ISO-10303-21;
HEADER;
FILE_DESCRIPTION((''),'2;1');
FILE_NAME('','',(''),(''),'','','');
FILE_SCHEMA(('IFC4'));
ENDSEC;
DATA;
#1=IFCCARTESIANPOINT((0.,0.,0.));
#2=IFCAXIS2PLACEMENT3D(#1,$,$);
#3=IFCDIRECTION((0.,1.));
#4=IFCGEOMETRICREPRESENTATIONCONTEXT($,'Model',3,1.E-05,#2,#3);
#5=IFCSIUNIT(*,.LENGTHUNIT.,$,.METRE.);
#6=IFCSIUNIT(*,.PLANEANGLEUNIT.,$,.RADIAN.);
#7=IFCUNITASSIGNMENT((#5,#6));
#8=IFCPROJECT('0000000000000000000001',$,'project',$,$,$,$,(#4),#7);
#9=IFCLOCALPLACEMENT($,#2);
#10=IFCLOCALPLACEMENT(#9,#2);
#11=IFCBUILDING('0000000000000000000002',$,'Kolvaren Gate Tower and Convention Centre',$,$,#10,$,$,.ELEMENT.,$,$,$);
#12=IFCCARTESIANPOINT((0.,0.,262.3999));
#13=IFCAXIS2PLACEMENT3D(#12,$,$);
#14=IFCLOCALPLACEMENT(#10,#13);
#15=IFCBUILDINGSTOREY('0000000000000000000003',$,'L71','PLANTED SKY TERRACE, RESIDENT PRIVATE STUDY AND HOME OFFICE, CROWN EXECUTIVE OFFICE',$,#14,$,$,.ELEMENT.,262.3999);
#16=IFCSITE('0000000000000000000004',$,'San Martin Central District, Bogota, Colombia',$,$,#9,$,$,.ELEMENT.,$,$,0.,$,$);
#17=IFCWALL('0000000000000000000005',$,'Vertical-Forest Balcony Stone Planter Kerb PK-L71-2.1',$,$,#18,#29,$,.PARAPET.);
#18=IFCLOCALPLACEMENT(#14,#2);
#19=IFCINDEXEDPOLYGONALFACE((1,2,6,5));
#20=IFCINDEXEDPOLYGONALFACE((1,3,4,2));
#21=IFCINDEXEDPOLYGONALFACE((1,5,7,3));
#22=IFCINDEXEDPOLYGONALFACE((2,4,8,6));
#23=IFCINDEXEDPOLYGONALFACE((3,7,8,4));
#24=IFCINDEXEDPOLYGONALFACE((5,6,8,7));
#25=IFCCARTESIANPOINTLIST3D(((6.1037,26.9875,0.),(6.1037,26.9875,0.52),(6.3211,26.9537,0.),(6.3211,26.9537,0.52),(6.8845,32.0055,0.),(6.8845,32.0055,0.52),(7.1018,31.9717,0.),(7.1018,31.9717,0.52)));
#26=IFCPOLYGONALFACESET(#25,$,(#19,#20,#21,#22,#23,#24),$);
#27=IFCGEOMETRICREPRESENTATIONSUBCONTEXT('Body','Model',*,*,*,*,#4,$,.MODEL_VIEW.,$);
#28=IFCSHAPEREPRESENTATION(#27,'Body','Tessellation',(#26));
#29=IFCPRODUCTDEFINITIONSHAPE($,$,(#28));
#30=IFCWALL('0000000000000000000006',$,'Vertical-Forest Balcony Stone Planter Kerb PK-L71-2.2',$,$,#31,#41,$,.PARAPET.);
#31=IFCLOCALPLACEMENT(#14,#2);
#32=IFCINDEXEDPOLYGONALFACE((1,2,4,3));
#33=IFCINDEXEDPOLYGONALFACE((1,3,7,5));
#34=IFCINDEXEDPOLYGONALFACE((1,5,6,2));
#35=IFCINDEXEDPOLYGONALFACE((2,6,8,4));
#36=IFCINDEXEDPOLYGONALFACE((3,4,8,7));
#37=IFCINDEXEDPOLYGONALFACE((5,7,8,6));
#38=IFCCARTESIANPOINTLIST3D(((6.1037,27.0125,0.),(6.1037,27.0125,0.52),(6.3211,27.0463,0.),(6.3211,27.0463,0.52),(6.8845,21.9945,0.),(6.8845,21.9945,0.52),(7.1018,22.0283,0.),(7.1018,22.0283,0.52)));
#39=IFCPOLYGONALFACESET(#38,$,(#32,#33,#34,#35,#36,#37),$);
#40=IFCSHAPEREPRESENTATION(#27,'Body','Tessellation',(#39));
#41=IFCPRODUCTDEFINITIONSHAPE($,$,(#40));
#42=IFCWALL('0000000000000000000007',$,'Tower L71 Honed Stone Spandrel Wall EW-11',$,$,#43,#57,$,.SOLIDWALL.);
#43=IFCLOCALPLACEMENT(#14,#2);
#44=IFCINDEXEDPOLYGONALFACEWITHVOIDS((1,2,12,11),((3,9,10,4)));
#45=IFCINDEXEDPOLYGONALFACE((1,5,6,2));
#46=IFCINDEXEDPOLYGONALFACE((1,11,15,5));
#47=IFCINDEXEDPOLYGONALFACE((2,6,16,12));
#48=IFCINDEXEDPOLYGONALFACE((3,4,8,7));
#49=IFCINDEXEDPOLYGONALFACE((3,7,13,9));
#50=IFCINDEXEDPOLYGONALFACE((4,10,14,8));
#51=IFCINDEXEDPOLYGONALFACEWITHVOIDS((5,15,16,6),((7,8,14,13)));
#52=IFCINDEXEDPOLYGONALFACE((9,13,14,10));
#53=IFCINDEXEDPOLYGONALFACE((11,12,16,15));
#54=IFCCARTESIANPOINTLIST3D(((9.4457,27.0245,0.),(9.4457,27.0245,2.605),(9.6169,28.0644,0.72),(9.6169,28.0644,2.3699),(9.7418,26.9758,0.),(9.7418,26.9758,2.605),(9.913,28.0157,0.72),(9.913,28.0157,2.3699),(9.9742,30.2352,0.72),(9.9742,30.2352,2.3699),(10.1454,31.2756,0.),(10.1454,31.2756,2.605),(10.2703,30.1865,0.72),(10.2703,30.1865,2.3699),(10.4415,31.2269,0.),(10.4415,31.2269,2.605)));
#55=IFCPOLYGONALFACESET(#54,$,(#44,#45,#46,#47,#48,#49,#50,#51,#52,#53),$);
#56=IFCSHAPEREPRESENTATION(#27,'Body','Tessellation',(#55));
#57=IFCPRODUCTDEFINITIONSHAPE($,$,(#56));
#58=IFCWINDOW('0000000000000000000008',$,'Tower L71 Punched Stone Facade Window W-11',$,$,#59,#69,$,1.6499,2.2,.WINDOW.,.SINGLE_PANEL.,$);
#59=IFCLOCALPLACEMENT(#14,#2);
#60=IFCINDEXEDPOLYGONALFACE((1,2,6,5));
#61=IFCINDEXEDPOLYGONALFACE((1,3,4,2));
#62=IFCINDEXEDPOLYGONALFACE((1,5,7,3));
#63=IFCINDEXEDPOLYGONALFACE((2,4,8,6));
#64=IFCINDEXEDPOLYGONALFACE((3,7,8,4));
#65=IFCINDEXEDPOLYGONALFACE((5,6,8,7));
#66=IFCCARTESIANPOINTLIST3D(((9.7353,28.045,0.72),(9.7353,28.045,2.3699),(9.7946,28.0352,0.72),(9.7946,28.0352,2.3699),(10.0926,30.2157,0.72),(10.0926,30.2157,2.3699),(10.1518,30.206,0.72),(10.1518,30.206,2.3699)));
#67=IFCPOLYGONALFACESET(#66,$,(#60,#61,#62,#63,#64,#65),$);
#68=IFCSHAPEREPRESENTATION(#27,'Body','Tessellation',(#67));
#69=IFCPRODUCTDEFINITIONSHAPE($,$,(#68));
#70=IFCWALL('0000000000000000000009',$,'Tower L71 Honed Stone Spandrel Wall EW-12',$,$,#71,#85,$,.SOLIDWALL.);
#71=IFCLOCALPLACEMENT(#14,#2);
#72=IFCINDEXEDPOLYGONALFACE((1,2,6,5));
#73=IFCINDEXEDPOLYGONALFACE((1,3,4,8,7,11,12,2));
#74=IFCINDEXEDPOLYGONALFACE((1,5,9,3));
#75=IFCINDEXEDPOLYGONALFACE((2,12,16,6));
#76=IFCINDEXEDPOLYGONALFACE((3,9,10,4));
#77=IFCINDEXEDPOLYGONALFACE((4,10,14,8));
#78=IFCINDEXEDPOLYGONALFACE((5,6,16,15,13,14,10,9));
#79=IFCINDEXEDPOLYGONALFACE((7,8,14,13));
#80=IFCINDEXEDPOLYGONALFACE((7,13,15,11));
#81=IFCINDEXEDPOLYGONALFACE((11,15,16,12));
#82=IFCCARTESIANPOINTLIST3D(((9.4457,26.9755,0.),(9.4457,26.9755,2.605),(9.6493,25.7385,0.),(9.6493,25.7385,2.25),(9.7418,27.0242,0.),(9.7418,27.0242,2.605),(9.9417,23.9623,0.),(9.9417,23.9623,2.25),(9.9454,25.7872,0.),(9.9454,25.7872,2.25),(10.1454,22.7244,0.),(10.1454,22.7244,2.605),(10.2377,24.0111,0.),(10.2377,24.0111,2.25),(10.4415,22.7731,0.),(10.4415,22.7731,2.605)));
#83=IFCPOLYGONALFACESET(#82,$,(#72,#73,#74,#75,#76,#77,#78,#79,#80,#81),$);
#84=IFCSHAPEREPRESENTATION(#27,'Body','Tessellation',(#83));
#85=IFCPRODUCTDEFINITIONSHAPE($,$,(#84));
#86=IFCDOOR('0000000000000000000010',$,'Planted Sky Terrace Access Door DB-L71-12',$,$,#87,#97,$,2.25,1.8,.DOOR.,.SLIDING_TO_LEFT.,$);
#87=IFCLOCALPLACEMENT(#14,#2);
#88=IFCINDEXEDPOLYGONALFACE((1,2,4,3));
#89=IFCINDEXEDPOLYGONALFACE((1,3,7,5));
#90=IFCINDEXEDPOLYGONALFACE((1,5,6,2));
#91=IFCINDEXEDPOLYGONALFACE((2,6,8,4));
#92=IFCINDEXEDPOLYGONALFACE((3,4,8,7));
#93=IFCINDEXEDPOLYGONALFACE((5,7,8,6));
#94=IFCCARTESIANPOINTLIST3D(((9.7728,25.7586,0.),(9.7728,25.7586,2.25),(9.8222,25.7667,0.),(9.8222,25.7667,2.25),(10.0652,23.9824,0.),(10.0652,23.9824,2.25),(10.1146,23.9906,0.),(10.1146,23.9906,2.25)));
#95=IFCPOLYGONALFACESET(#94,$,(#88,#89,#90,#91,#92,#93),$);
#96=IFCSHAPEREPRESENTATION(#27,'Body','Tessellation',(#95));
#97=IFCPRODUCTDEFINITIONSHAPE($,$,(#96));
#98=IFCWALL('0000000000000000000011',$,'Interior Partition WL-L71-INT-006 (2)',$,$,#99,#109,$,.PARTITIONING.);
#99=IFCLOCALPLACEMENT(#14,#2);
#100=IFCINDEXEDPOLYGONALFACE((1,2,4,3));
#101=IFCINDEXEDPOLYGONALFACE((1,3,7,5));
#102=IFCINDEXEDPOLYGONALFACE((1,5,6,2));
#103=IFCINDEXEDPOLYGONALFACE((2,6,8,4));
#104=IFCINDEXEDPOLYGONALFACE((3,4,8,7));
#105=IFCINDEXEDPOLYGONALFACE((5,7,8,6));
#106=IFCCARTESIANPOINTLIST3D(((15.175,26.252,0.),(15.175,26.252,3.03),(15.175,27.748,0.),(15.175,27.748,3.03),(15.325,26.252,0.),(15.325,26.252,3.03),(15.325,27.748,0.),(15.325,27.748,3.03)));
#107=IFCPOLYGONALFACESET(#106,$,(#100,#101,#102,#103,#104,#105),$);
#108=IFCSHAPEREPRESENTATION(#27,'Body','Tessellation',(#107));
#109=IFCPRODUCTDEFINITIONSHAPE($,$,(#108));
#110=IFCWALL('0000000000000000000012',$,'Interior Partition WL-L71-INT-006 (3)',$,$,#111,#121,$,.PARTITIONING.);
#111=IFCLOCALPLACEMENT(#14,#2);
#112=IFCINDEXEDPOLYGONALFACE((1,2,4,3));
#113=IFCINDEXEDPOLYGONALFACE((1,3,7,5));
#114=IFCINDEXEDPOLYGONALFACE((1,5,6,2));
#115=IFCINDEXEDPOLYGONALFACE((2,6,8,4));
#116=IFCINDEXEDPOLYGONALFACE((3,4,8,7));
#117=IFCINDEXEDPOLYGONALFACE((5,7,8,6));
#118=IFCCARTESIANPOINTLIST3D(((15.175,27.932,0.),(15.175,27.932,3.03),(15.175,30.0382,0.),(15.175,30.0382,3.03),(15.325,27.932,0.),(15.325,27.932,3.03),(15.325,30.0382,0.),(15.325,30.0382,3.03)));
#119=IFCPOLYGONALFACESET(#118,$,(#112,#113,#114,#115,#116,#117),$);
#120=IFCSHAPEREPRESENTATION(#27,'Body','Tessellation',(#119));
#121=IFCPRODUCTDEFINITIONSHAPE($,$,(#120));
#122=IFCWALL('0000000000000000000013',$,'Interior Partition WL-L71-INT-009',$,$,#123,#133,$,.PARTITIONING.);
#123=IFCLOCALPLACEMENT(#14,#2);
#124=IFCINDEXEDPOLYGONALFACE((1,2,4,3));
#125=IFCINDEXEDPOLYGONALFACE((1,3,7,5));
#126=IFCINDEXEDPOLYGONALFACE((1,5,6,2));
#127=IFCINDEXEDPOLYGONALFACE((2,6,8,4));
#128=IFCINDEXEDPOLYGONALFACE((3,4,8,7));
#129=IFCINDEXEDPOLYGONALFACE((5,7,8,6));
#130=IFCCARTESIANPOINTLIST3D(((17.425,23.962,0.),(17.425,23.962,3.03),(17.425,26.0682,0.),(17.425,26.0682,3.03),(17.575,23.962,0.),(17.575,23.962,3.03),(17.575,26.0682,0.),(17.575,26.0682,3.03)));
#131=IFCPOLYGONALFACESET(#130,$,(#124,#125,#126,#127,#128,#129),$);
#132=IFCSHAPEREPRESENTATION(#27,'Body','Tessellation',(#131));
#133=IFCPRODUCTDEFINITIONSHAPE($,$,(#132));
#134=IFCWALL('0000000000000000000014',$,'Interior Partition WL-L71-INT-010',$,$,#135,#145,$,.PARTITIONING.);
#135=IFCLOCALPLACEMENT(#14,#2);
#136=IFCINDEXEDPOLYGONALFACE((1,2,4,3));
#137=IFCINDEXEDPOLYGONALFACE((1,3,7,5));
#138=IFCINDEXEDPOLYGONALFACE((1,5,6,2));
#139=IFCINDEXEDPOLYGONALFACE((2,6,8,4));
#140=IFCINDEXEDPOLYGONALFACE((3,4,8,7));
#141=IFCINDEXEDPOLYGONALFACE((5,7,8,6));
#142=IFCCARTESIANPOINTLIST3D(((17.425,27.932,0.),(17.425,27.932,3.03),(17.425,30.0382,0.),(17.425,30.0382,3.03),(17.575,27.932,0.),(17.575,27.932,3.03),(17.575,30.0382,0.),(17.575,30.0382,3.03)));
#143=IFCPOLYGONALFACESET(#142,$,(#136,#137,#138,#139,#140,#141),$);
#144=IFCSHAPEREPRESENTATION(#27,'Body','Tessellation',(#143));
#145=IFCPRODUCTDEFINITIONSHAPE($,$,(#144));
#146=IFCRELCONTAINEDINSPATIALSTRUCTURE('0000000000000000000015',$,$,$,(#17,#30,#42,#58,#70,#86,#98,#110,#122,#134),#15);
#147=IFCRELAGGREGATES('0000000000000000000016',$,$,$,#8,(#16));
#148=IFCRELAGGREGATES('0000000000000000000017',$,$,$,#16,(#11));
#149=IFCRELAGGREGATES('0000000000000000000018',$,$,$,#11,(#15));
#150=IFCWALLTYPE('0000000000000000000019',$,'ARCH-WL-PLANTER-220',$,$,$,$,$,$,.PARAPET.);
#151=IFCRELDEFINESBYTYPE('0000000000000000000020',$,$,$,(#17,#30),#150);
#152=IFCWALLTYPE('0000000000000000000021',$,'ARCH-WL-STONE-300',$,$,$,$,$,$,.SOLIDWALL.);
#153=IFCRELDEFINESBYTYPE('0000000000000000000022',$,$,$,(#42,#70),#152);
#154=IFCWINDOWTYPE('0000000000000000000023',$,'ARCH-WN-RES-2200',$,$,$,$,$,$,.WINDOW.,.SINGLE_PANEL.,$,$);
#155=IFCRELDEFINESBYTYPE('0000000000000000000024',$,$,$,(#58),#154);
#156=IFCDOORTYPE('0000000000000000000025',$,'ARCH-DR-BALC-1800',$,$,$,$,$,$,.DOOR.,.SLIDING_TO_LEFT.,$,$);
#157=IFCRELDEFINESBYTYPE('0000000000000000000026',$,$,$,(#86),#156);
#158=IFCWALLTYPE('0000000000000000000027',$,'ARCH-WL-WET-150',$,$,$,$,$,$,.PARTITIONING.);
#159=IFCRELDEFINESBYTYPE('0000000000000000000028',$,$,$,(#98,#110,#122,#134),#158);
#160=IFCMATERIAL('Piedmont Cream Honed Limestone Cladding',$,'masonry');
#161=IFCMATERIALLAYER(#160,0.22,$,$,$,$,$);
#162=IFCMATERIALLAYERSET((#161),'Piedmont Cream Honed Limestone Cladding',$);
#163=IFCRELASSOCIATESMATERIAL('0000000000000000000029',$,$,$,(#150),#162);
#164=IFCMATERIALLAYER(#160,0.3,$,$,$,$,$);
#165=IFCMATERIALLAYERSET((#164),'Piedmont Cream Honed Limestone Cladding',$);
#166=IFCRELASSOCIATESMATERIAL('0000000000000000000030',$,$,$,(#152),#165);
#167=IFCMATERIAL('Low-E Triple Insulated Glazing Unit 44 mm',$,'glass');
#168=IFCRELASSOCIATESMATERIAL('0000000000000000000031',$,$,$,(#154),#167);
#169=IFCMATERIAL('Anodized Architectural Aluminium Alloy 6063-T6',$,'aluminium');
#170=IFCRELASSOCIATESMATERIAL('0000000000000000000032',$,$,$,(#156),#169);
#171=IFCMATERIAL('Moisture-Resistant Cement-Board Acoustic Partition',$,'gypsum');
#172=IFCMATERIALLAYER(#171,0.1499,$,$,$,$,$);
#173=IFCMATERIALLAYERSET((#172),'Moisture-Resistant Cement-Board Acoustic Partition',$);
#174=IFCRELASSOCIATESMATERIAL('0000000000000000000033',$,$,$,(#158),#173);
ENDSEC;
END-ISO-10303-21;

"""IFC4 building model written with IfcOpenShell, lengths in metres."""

from ifc_helpers import new_model, si_unit, direction, frame, frame_2d, origin, place, context, subcontext, project, spatial, rectangle, extrude, material, layer, layer_set, type_object, element, fill, save


model = new_model("IFC4")

# Units and contexts
model_context = context("Model", 3, precision=1e-05, world=origin(), true_north=direction((0.0, 1.0)))
body_context = subcontext(model_context, "Body", "Model", "MODEL_VIEW")
ifc_project = project(units=[si_unit("LENGTHUNIT", "METRE"), si_unit("PLANEANGLEUNIT", "RADIAN")], contexts=[model_context])

# Site, building, storey
site_placement = place(None, origin())
site = spatial("IfcSite", under=ifc_project, at=site_placement, Name="San Martin Central District, Bogota, Colombia", CompositionType="ELEMENT", RefElevation=0.0)
building_placement = place(site_placement, origin())
building = spatial("IfcBuilding", under=site, at=building_placement, Name="Kolvaren Gate Tower and Convention Centre", CompositionType="ELEMENT")
storey_placement = place(building_placement, frame((0.0, 0.0, 262.3999)))
storey = spatial("IfcBuildingStorey", under=building, at=storey_placement, Name="L71", Description="PLANTED SKY TERRACE, RESIDENT PRIVATE STUDY AND HOME OFFICE, CROWN EXECUTIVE OFFICE", CompositionType="ELEMENT", Elevation=262.3999)

# Walls
ifc_material_1 = material(Name="Piedmont Cream Honed Limestone Cladding", Category="masonry")
ifc_layer_1 = layer(ifc_material_1, 0.22)
ifc_layer_set_1 = layer_set([ifc_layer_1], Name="Piedmont Cream Honed Limestone Cladding")
wall_type_1 = type_object("IfcWallType", Name="ARCH-WL-PLANTER-220", PredefinedType="PARAPET", material=ifc_layer_set_1)
for number, where, z_axis, x_axis, name in (
    (1, (6.2124, 26.9707, 0.0), (0.0, 0.0, 1.0), (0.15374, 0.988111, 0.0), "Vertical-Forest Balcony Stone Planter Kerb PK-L71-2.1"),
    (2, (6.2124, 27.0293, 0.0), (0.0, 0.0, 1.0), (0.15374, -0.988111, 0.0), "Vertical-Forest Balcony Stone Planter Kerb PK-L71-2.2"),
):
    element("IfcWall", number, at=place(storey_placement, frame(where, z_axis=z_axis, x_axis=x_axis)), inside=storey, type_object=wall_type_1, Name=name, PredefinedType="PARAPET", context=body_context, shape_type="SweptSolid", body=[
        extrude(rectangle(XDim=5.0784, YDim=0.22, at=frame_2d((2.5391, 0.0))), origin(), (0.0, 0.0, 1.0), 0.52),
    ])

# Wall, opening, window
ifc_layer_2 = layer(ifc_material_1, 0.3)
ifc_layer_set_2 = layer_set([ifc_layer_2], Name="Piedmont Cream Honed Limestone Cladding")
wall_type_2 = type_object("IfcWallType", Name="ARCH-WL-STONE-300", PredefinedType="SOLIDWALL", material=ifc_layer_set_2)
wall_1_placement = place(storey_placement, frame((9.5938, 27.0, 0.0), z_axis=(0.0, 0.0, 1.0), x_axis=(0.162405, 0.986724, 0.0)))
wall_1 = element("IfcWall", 3, at=wall_1_placement, inside=storey, type_object=wall_type_2, Name="Tower L71 Honed Stone Spandrel Wall EW-11", PredefinedType="SOLIDWALL", context=body_context, shape_type="SweptSolid", body=[
    extrude(rectangle(XDim=4.3083, YDim=0.3, at=frame_2d((2.1543, 0.0))), origin(), (0.0, 0.0, 1.0), 2.605),
])
opening_1_placement = place(wall_1_placement, frame((1.054, 0.0, 0.72)))
opening_1 = element("IfcOpeningElement", 4, at=opening_1_placement, cuts=wall_1, PredefinedType="OPENING", context=body_context, shape_type="SweptSolid", body=[
    extrude(rectangle(XDim=2.2, YDim=1.6499, at=frame_2d((1.1001, 0.825))), frame((0.0, 0.1599, 0.0), z_axis=(0.0, -1.0, 0.0), x_axis=(1.0, 0.0, 0.0)), (0.0, 0.0, 1.0), 0.3201),
])
ifc_material_2 = material(Name="Low-E Triple Insulated Glazing Unit 44 mm", Category="glass")
window_type = type_object("IfcWindowType", Name="ARCH-WN-RES-2200", PartitioningType="SINGLE_PANEL", PredefinedType="WINDOW", material=ifc_material_2)
window_placement = place(opening_1_placement, origin())
window = element("IfcWindow", 5, at=window_placement, inside=storey, type_object=window_type, Name="Tower L71 Punched Stone Facade Window W-11", OverallHeight=1.6499, OverallWidth=2.2, PartitioningType="SINGLE_PANEL", PredefinedType="WINDOW", context=body_context, shape_type="SweptSolid", body=[
    extrude(rectangle(XDim=2.2, YDim=1.6499, at=frame_2d((1.1001, 0.825))), frame((0.0, 0.03, 0.0), z_axis=(0.0, -1.0, 0.0), x_axis=(1.0, 0.0, 0.0)), (0.0, 0.0, 1.0), 0.0601),
])
fill(opening_1, window)

# Wall, opening, door
wall_2_placement = place(storey_placement, frame((9.5938, 27.0, 0.0), z_axis=(0.0, 0.0, 1.0), x_axis=(0.162405, -0.986724, 0.0)))
wall_2 = element("IfcWall", 6, at=wall_2_placement, inside=storey, type_object=wall_type_2, Name="Tower L71 Honed Stone Spandrel Wall EW-12", PredefinedType="SOLIDWALL", context=body_context, shape_type="SweptSolid", body=[
    extrude(rectangle(XDim=4.3083, YDim=0.3, at=frame_2d((2.1543, 0.0))), origin(), (0.0, 0.0, 1.0), 2.605),
])
opening_2_placement = place(wall_2_placement, frame((1.2539, 0.0, 0.0)))
opening_2 = element("IfcOpeningElement", 7, at=opening_2_placement, cuts=wall_2, PredefinedType="OPENING", context=body_context, shape_type="SweptSolid", body=[
    extrude(rectangle(XDim=1.8, YDim=2.25, at=frame_2d((0.8999, 1.125))), frame((0.0, 0.1599, 0.0), z_axis=(0.0, -1.0, 0.0), x_axis=(1.0, 0.0, 0.0)), (0.0, 0.0, 1.0), 0.3201),
])
ifc_material_3 = material(Name="Anodized Architectural Aluminium Alloy 6063-T6", Category="aluminium")
door_type_1 = type_object("IfcDoorType", Name="ARCH-DR-BALC-1800", OperationType="SLIDING_TO_LEFT", PredefinedType="DOOR", material=ifc_material_3)
door_1_placement = place(opening_2_placement, frame((1.8, 0.0, 0.0), z_axis=(0.0, 0.0, 1.0), x_axis=(-1.0, 0.0, 0.0)))
door_1 = element("IfcDoor", 8, at=door_1_placement, inside=storey, type_object=door_type_1, Name="Planted Sky Terrace Access Door DB-L71-12", OperationType="SLIDING_TO_LEFT", OverallHeight=2.25, OverallWidth=1.8, PredefinedType="DOOR", context=body_context, shape_type="SweptSolid", body=[
    extrude(rectangle(XDim=1.8, YDim=2.25, at=frame_2d((0.8999, 1.125))), frame((0.0, 0.0249, 0.0), z_axis=(0.0, -1.0, 0.0), x_axis=(1.0, 0.0, 0.0)), (0.0, 0.0, 1.0), 0.05),
])
fill(opening_2, door_1)

# Walls
ifc_material_4 = material(Name="Moisture-Resistant Cement-Board Acoustic Partition", Category="gypsum")
ifc_layer_3 = layer(ifc_material_4, 0.1499)
ifc_layer_set_3 = layer_set([ifc_layer_3], Name="Moisture-Resistant Cement-Board Acoustic Partition")
wall_type_3 = type_object("IfcWallType", Name="ARCH-WL-WET-150", PredefinedType="PARTITIONING", material=ifc_layer_set_3)
wall_3_placement = place(storey_placement, frame((15.25, 26.252, 0.0), z_axis=(0.0, 0.0, 1.0), x_axis=(0.0, 1.0, 0.0)))
element("IfcWall", 9, at=wall_3_placement, inside=storey, type_object=wall_type_3, Name="Interior Partition WL-L71-INT-006 (2)", PredefinedType="PARTITIONING", context=body_context, shape_type="SweptSolid", body=[
    extrude(rectangle(XDim=1.4961, YDim=0.1499, at=frame_2d((0.748, 0.0))), origin(), (0.0, 0.0, 1.0), 3.03),
])
for number, where, z_axis, x_axis, name in (
    (10, (15.25, 27.9319, 0.0), (0.0, 0.0, 1.0), (0.0, 1.0, 0.0), "Interior Partition WL-L71-INT-006 (3)"),
    (11, (17.5, 23.9619, 0.0), (0.0, 0.0, 1.0), (0.0, 1.0, 0.0), "Interior Partition WL-L71-INT-009"),
    (12, (17.5, 27.9319, 0.0), (0.0, 0.0, 1.0), (0.0, 1.0, 0.0), "Interior Partition WL-L71-INT-010"),
):
    element("IfcWall", number, at=place(storey_placement, frame(where, z_axis=z_axis, x_axis=x_axis)), inside=storey, type_object=wall_type_3, Name=name, PredefinedType="PARTITIONING", context=body_context, shape_type="SweptSolid", body=[
        extrude(rectangle(XDim=2.1062, YDim=0.1499, at=frame_2d((1.0532, 0.0))), origin(), (0.0, 0.0, 1.0), 3.03),
    ])

save(model, "model.ifc")
